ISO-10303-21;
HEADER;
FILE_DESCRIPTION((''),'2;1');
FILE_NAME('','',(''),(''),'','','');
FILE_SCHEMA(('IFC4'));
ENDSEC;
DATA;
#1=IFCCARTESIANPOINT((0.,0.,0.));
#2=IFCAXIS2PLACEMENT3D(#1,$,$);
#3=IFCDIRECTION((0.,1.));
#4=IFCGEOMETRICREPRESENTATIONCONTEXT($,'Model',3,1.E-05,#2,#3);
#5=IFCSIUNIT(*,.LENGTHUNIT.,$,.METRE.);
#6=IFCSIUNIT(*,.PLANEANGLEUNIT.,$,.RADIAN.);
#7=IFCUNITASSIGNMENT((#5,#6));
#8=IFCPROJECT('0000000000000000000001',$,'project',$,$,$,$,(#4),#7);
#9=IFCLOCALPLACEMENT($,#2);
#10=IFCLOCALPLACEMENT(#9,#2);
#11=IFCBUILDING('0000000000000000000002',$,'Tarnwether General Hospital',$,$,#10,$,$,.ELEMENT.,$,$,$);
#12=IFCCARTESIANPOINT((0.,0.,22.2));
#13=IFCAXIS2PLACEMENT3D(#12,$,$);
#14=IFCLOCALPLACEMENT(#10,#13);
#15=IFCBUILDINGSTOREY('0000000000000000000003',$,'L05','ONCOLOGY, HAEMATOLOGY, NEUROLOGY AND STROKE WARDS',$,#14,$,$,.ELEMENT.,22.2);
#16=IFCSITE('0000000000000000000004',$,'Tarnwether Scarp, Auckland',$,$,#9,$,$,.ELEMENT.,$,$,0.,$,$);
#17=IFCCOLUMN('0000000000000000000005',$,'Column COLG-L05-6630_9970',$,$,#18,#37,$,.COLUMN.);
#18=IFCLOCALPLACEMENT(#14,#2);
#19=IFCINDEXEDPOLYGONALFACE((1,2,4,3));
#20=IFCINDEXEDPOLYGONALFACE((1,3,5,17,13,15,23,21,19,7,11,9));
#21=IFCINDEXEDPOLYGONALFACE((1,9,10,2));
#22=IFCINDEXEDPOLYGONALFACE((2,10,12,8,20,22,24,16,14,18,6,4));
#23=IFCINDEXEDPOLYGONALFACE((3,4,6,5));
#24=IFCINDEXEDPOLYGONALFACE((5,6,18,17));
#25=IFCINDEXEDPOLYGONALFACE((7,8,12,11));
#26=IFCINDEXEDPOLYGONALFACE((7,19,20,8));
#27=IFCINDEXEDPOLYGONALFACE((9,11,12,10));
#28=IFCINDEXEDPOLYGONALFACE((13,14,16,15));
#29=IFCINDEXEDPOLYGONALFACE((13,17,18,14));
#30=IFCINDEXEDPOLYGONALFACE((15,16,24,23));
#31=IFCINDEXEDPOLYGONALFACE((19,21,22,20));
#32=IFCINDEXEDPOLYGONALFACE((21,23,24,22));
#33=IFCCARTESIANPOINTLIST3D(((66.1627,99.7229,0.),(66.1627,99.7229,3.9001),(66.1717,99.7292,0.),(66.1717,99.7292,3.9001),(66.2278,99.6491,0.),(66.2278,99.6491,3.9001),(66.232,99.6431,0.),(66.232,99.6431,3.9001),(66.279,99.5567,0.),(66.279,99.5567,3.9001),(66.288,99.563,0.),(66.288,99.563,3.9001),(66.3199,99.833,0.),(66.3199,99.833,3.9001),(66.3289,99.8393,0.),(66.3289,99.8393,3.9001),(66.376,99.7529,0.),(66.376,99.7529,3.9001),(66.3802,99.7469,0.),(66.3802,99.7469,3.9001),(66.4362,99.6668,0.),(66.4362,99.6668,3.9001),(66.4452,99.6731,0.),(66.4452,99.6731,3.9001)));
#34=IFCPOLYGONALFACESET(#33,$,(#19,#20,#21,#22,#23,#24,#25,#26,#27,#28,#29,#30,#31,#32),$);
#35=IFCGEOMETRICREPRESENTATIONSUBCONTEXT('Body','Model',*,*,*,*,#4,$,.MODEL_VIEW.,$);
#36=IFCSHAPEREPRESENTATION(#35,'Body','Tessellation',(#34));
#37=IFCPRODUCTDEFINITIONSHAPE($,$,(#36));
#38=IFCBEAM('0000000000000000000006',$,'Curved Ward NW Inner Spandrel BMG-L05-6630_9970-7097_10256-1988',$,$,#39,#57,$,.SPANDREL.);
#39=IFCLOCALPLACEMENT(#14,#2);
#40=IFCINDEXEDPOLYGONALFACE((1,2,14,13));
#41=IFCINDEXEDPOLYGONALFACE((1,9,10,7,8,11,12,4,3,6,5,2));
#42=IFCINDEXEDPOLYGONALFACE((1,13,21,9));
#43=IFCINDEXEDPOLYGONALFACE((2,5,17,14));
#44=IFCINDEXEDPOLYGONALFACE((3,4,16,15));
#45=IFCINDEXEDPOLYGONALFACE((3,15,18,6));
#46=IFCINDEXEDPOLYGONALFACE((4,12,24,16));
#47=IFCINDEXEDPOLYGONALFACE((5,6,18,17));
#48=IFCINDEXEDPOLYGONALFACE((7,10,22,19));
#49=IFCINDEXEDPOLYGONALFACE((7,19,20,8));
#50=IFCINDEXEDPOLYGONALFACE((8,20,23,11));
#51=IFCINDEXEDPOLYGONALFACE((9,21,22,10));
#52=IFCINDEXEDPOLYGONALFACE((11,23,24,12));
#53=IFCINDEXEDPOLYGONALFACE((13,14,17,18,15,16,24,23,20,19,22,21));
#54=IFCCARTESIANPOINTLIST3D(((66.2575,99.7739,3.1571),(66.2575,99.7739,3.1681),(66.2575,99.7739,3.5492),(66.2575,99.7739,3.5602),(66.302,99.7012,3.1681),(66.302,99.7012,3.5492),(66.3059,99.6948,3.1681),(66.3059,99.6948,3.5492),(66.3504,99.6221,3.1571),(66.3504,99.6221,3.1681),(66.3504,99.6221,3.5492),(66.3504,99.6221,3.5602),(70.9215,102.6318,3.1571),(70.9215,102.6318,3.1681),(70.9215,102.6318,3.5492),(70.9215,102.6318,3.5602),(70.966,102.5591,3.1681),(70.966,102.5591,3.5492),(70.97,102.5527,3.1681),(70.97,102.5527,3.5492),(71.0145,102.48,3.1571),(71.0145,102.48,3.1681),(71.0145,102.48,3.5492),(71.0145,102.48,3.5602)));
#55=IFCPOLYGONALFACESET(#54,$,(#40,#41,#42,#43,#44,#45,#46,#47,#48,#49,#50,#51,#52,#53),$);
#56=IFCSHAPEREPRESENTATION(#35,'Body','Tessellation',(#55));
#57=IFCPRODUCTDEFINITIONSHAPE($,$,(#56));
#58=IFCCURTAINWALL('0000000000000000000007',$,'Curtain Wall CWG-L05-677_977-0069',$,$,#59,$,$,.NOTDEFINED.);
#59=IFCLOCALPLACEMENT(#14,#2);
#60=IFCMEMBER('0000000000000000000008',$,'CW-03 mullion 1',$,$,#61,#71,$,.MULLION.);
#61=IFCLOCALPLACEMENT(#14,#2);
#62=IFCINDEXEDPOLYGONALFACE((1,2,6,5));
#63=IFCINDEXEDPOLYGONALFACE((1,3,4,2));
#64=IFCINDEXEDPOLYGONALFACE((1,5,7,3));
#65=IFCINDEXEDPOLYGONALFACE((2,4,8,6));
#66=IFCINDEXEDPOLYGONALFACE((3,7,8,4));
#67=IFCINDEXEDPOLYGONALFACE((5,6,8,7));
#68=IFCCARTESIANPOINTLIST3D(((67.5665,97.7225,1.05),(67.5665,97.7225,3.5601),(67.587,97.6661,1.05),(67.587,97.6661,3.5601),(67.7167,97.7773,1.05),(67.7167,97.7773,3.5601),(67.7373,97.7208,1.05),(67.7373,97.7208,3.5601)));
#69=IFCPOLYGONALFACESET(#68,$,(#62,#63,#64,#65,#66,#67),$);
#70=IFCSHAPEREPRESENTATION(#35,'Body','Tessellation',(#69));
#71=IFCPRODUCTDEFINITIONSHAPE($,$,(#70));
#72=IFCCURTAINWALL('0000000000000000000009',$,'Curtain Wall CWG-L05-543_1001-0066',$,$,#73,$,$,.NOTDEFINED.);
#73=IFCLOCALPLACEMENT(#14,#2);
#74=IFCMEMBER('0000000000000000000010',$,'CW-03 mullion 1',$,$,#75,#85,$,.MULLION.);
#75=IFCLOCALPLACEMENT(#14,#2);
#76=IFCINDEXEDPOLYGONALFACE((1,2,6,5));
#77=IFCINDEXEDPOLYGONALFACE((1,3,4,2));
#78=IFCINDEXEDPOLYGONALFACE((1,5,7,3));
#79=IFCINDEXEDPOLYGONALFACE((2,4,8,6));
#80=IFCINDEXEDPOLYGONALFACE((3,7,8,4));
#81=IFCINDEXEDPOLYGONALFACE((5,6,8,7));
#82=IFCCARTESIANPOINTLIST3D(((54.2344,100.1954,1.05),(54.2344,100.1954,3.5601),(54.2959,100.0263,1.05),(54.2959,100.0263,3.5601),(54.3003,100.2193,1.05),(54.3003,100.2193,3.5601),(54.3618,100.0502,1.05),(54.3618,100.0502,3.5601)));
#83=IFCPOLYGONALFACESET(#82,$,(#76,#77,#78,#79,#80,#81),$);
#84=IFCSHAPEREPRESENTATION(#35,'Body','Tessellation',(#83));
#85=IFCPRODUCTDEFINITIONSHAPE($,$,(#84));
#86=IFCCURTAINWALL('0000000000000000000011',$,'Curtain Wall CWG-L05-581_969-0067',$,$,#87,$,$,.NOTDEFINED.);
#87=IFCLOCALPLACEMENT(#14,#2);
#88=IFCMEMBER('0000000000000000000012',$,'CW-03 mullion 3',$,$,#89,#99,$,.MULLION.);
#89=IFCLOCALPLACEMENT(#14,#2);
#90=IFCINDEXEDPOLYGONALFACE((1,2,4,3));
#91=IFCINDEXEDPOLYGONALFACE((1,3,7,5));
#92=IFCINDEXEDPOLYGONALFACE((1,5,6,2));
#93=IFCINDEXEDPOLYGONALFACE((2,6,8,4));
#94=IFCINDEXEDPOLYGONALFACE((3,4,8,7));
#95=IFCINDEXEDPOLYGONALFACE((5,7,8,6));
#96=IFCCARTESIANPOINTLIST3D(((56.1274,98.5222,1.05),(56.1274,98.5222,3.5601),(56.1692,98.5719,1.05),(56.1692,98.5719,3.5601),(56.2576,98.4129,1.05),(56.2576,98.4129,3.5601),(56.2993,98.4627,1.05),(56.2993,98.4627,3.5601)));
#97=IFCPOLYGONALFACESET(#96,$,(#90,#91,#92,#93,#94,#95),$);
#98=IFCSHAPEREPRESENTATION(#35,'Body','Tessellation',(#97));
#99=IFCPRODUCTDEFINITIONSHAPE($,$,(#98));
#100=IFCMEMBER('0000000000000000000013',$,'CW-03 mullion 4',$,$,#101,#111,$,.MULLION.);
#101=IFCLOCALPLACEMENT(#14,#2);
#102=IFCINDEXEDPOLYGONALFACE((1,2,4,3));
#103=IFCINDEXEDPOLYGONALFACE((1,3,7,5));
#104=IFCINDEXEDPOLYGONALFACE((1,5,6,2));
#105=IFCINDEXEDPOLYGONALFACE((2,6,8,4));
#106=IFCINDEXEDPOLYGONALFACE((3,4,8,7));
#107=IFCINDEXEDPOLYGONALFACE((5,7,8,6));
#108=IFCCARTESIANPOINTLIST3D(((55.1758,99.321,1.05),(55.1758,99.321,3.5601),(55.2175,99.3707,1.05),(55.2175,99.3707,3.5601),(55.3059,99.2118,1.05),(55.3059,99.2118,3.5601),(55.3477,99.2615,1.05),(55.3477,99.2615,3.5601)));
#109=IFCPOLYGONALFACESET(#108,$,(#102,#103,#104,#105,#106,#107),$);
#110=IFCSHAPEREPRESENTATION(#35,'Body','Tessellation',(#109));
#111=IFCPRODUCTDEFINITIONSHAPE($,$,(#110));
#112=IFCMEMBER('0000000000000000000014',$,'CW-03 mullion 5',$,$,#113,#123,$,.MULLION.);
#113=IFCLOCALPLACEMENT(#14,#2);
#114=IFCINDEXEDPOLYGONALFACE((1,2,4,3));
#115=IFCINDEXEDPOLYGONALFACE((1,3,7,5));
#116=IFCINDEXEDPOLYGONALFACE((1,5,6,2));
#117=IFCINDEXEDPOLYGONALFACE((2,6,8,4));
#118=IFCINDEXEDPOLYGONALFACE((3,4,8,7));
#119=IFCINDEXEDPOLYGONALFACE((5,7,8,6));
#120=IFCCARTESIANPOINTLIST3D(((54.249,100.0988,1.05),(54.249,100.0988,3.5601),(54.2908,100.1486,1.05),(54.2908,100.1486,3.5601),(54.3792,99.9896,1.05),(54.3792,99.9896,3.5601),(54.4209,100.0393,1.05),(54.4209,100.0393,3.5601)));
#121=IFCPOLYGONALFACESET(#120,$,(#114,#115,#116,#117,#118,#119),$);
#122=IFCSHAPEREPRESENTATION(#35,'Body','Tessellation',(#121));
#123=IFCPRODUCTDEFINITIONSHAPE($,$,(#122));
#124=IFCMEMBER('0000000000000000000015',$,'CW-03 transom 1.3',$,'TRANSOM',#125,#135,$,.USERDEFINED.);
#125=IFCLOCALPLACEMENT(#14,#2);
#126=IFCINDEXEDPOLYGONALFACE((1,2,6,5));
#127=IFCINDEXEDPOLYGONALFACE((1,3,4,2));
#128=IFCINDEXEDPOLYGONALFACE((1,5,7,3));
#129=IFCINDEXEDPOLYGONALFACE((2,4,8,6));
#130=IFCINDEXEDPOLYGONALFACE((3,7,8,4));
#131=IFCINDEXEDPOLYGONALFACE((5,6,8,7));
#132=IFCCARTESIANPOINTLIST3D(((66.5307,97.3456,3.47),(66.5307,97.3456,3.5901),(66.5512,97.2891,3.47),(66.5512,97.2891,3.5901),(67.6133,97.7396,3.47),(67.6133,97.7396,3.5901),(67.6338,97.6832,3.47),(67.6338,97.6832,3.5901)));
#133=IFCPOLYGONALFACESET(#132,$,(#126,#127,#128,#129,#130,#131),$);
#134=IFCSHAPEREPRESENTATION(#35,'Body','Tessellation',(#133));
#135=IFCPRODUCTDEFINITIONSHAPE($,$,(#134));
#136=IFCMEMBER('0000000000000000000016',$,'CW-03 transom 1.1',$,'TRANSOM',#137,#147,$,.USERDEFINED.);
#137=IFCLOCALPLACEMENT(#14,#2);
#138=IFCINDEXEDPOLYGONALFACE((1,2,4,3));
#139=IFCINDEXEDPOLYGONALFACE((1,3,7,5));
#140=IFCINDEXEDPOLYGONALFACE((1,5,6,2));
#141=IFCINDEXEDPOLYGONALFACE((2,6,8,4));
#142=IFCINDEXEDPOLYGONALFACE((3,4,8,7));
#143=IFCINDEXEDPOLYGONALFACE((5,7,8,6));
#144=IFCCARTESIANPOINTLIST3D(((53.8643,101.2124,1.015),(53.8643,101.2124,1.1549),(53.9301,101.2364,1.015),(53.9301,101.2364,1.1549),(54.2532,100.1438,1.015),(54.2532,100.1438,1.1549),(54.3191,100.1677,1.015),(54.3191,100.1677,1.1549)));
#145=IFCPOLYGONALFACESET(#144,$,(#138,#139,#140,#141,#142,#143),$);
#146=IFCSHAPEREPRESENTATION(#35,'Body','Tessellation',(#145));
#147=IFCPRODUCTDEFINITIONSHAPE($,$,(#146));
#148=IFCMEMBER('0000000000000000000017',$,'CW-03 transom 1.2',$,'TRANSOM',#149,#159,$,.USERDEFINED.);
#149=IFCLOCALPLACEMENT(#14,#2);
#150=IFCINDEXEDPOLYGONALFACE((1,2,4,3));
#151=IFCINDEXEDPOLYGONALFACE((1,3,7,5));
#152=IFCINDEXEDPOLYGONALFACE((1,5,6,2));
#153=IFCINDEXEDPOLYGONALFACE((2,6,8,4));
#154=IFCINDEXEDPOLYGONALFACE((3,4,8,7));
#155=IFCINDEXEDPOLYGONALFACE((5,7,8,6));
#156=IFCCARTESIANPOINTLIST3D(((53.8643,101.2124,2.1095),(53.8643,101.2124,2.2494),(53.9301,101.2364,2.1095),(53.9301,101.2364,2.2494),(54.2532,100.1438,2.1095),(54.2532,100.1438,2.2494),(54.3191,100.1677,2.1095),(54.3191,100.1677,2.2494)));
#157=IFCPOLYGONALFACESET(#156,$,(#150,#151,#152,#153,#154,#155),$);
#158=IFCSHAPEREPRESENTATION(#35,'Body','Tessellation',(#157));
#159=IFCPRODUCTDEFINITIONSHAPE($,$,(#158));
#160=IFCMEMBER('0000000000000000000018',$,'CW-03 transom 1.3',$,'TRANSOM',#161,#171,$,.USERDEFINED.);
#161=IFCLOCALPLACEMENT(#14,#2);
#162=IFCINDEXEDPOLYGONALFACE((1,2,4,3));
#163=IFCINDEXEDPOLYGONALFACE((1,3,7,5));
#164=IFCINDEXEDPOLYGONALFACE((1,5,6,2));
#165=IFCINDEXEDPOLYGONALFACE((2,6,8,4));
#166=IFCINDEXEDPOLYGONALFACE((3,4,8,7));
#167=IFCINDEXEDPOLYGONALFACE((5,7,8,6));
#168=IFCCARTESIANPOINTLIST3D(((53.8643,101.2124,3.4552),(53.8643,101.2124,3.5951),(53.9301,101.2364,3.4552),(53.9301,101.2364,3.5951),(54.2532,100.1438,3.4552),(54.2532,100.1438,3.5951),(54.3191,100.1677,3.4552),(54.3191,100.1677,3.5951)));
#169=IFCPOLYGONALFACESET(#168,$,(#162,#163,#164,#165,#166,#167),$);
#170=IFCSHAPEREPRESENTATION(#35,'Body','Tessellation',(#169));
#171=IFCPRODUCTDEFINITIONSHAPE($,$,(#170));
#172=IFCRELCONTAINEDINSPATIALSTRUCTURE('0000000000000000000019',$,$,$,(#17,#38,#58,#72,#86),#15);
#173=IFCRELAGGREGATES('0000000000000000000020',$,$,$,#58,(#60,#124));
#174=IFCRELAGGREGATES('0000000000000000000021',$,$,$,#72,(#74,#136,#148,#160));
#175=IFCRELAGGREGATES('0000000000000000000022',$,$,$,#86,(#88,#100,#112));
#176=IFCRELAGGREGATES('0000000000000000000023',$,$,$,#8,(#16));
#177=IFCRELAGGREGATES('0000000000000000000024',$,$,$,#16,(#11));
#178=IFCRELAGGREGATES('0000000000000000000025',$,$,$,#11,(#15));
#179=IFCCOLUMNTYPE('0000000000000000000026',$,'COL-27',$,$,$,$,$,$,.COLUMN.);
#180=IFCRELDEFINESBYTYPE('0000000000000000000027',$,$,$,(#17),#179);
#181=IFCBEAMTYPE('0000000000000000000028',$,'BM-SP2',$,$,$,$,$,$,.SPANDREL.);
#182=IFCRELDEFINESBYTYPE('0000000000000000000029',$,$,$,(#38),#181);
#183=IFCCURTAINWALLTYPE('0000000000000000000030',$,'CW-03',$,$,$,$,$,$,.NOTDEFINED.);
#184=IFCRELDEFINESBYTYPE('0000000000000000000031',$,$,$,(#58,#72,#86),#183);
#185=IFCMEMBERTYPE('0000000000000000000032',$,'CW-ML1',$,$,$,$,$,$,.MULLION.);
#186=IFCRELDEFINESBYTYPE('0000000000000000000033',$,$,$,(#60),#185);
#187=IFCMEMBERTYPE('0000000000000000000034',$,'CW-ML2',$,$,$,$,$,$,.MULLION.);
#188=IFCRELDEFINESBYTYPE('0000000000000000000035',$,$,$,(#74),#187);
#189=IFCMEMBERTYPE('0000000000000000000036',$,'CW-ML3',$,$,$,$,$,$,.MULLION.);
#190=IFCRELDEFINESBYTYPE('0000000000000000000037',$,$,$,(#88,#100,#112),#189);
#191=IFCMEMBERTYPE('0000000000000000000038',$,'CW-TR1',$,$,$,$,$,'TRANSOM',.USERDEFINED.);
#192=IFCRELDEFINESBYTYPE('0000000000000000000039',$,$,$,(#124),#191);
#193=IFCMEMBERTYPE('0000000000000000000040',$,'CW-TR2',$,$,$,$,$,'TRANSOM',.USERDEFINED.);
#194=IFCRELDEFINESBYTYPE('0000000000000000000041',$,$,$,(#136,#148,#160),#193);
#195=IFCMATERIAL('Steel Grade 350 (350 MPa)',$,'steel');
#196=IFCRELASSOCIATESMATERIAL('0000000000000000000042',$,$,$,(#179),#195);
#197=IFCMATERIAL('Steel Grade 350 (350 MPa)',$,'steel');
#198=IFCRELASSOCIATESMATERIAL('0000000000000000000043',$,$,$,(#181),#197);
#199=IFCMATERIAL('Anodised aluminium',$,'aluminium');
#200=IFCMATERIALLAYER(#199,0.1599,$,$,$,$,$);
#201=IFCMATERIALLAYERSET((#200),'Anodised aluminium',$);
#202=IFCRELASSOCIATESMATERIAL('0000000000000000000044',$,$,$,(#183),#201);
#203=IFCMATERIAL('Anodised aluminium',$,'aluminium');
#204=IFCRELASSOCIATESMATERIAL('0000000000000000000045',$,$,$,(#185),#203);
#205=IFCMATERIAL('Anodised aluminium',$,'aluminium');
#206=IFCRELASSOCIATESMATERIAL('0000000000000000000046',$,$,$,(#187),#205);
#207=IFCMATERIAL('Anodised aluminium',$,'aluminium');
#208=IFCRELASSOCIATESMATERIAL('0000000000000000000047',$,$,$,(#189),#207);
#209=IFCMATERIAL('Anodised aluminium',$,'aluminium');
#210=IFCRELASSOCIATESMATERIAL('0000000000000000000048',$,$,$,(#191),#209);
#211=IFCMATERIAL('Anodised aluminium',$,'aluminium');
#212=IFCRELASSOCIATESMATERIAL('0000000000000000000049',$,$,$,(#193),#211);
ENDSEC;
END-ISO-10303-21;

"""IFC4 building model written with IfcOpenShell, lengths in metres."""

from ifc_helpers import new_model, si_unit, direction, frame, origin, origin_2d, place, context, subcontext, project, spatial, rectangle, i_section, extrude, material, layer, layer_set, material_profile, profile_set, type_object, element, aggregate, save


model = new_model("IFC4")

# Units and contexts
model_context = context("Model", 3, precision=1e-05, world=origin(), true_north=direction((0.0, 1.0)))
body_context = subcontext(model_context, "Body", "Model", "MODEL_VIEW")
ifc_project = project(units=[si_unit("LENGTHUNIT", "METRE"), si_unit("PLANEANGLEUNIT", "RADIAN")], contexts=[model_context])

# Site, building, storey
site_placement = place(None, origin())
site = spatial("IfcSite", under=ifc_project, at=site_placement, Name="Tarnwether Scarp, Auckland", CompositionType="ELEMENT", RefElevation=0.0)
building_placement = place(site_placement, origin())
building = spatial("IfcBuilding", under=site, at=building_placement, Name="Tarnwether General Hospital", CompositionType="ELEMENT")
storey_placement = place(building_placement, frame((0.0, 0.0, 22.2)))
storey = spatial("IfcBuildingStorey", under=building, at=storey_placement, Name="L05", Description="ONCOLOGY, HAEMATOLOGY, NEUROLOGY AND STROKE WARDS", CompositionType="ELEMENT", Elevation=22.2)

# Column
ifc_material_1 = material(Name="Steel Grade 350 (350 MPa)", Category="steel")
ifc_material_profile_1 = material_profile(ifc_material_1, i_section(OverallWidth=0.2029, OverallDepth=0.2029, WebThickness=0.0073, FlangeThickness=0.011, at=origin_2d()), Name="200UC46.2")
ifc_profile_set_1 = profile_set([ifc_material_profile_1], Name="Steel Grade 350 (350 MPa)")
column_type = type_object("IfcColumnType", Name="COL-27", PredefinedType="COLUMN", material=ifc_profile_set_1)
column_placement = place(storey_placement, frame((66.304, 99.698, 0.0), z_axis=(0.0, 0.0, 1.0), x_axis=(-0.573576, 0.819152, 0.0)))
element("IfcColumn", 1, at=column_placement, inside=storey, type_object=column_type, Name="Column COLG-L05-6630_9970", PredefinedType="COLUMN", context=body_context, shape_type="SweptSolid", body=[
    extrude(i_section(OverallWidth=0.2029, OverallDepth=0.2029, WebThickness=0.0073, FlangeThickness=0.011, at=origin_2d()), origin(), (0.0, 0.0, 1.0), 3.9001),
])

# Beam
ifc_material_2 = material(Name="Steel Grade 350 (350 MPa)", Category="steel")
ifc_material_profile_2 = material_profile(ifc_material_2, i_section(OverallWidth=0.178, OverallDepth=0.4031, WebThickness=0.0076, FlangeThickness=0.011, at=origin_2d()), Name="410UB53.7")
ifc_profile_set_2 = profile_set([ifc_material_profile_2], Name="Steel Grade 350 (350 MPa)")
beam_type = type_object("IfcBeamType", Name="BM-SP2", PredefinedType="SPANDREL", material=ifc_profile_set_2)
beam_placement = place(storey_placement, frame((66.304, 99.698, 3.3586), z_axis=(0.852659, 0.522468, 0.0), x_axis=(-0.522468, 0.852659, 0.0)))
element("IfcBeam", 2, at=beam_placement, inside=storey, type_object=beam_type, Name="Curved Ward NW Inner Spandrel BMG-L05-6630_9970-7097_10256-1988", PredefinedType="SPANDREL", context=body_context, shape_type="SweptSolid", body=[
    extrude(i_section(OverallWidth=0.178, OverallDepth=0.4031, WebThickness=0.0076, FlangeThickness=0.011, at=origin_2d()), origin(), (0.0, 0.0, 1.0), 5.47),
])

# Curtain walls, members
ifc_material_3 = material(Name="Anodised aluminium", Category="aluminium")
ifc_layer_1 = layer(ifc_material_3, 0.1599)
ifc_layer_set_1 = layer_set([ifc_layer_1], Name="Anodised aluminium")
curtain_wall_type = type_object("IfcCurtainWallType", Name="CW-03", PredefinedType="NOTDEFINED", material=ifc_layer_set_1)
curtain_wall_1_placement = place(storey_placement, origin())
curtain_wall_1 = element("IfcCurtainWall", 3, at=curtain_wall_1_placement, inside=storey, type_object=curtain_wall_type, Name="Curtain Wall CWG-L05-677_977-0069", PredefinedType="NOTDEFINED")
ifc_material_4 = material(Name="Anodised aluminium", Category="aluminium")
ifc_material_profile_3 = material_profile(ifc_material_4, rectangle(XDim=0.0601, YDim=0.1599, at=origin_2d()), Name="ALU-MUL-60x160")
ifc_profile_set_3 = profile_set([ifc_material_profile_3], Name="Anodised aluminium")
member_type_1 = type_object("IfcMemberType", Name="CW-ML1", PredefinedType="MULLION", material=ifc_profile_set_3)
member_1_placement = place(storey_placement, frame((67.6519, 97.7217, 1.05), z_axis=(0.0, 0.0, 1.0), x_axis=(0.342131, -0.939652, 0.0)))
member_1 = element("IfcMember", 4, at=member_1_placement, type_object=member_type_1, Name="CW-03 mullion 1", PredefinedType="MULLION", context=body_context, shape_type="SweptSolid", body=[
    extrude(rectangle(XDim=0.0601, YDim=0.1599, at=origin_2d()), origin(), (0.0, 0.0, 1.0), 2.51),
])
curtain_wall_2_placement = place(storey_placement, origin())
curtain_wall_2 = element("IfcCurtainWall", 5, at=curtain_wall_2_placement, inside=storey, type_object=curtain_wall_type, Name="Curtain Wall CWG-L05-543_1001-0066", PredefinedType="NOTDEFINED")
ifc_material_5 = material(Name="Anodised aluminium", Category="aluminium")
ifc_material_profile_4 = material_profile(ifc_material_5, rectangle(XDim=0.0701, YDim=0.1799, at=origin_2d()), Name="ALU-MUL-70x180")
ifc_profile_set_4 = profile_set([ifc_material_profile_4], Name="Anodised aluminium")
member_type_2 = type_object("IfcMemberType", Name="CW-ML2", PredefinedType="MULLION", material=ifc_profile_set_4)
member_2_placement = place(storey_placement, frame((54.2981, 100.1228, 1.05), z_axis=(0.0, 0.0, 1.0), x_axis=(-0.939717, -0.341953, 0.0)))
member_2 = element("IfcMember", 6, at=member_2_placement, type_object=member_type_2, Name="CW-03 mullion 1", PredefinedType="MULLION", context=body_context, shape_type="SweptSolid", body=[
    extrude(rectangle(XDim=0.0701, YDim=0.1799, at=origin_2d()), origin(), (0.0, 0.0, 1.0), 2.51),
])

# Curtain wall, members
curtain_wall_3_placement = place(storey_placement, origin())
curtain_wall_3 = element("IfcCurtainWall", 7, at=curtain_wall_3_placement, inside=storey, type_object=curtain_wall_type, Name="Curtain Wall CWG-L05-581_969-0067", PredefinedType="NOTDEFINED")
ifc_material_6 = material(Name="Anodised aluminium", Category="aluminium")
ifc_material_profile_5 = material_profile(ifc_material_6, rectangle(XDim=0.0649, YDim=0.1699, at=origin_2d()), Name="ALU-MUL-65x170")
ifc_profile_set_5 = profile_set([ifc_material_profile_5], Name="Anodised aluminium")
member_type_3 = type_object("IfcMemberType", Name="CW-ML3", PredefinedType="MULLION", material=ifc_profile_set_5)
member_3_placement = place(storey_placement, frame((56.2134, 98.4924, 1.05), z_axis=(0.0, 0.0, 1.0), x_axis=(-0.642852, -0.76599, 0.0)))
member_3 = element("IfcMember", 8, at=member_3_placement, type_object=member_type_3, Name="CW-03 mullion 3", PredefinedType="MULLION", context=body_context, shape_type="SweptSolid", body=[
    extrude(rectangle(XDim=0.0649, YDim=0.1699, at=origin_2d()), origin(), (0.0, 0.0, 1.0), 2.51),
])
member_4_placement = place(storey_placement, frame((55.2617, 99.2913, 1.05), z_axis=(0.0, 0.0, 1.0), x_axis=(-0.642852, -0.76599, 0.0)))
member_4 = element("IfcMember", 9, at=member_4_placement, type_object=member_type_3, Name="CW-03 mullion 4", PredefinedType="MULLION", context=body_context, shape_type="SweptSolid", body=[
    extrude(rectangle(XDim=0.0649, YDim=0.1699, at=origin_2d()), origin(), (0.0, 0.0, 1.0), 2.51),
])
member_5_placement = place(storey_placement, frame((54.335, 100.0691, 1.05), z_axis=(0.0, 0.0, 1.0), x_axis=(-0.642852, -0.76599, 0.0)))
member_5 = element("IfcMember", 10, at=member_5_placement, type_object=member_type_3, Name="CW-03 mullion 5", PredefinedType="MULLION", context=body_context, shape_type="SweptSolid", body=[
    extrude(rectangle(XDim=0.0649, YDim=0.1699, at=origin_2d()), origin(), (0.0, 0.0, 1.0), 2.51),
])

# Members
ifc_material_7 = material(Name="Anodised aluminium", Category="aluminium")
ifc_material_profile_6 = material_profile(ifc_material_7, rectangle(XDim=0.0601, YDim=0.1201, at=origin_2d()), Name="ALU-TRN-60x120")
ifc_profile_set_6 = profile_set([ifc_material_profile_6], Name="Anodised aluminium")
member_type_4 = type_object("IfcMemberType", Name="CW-TR1", ElementType="TRANSOM", PredefinedType="USERDEFINED", material=ifc_profile_set_6)
member_6_placement = place(storey_placement, frame((67.6235, 97.7114, 3.53), z_axis=(-0.939682, -0.342049, 0.0), x_axis=(0.342049, -0.939682, 0.0)))
member_6 = element("IfcMember", 11, at=member_6_placement, type_object=member_type_4, Name="CW-03 transom 1.3", ObjectType="TRANSOM", PredefinedType="USERDEFINED", context=body_context, shape_type="SweptSolid", body=[
    extrude(rectangle(XDim=0.0601, YDim=0.1201, at=origin_2d()), origin(), (0.0, 0.0, 1.0), 1.1521),
])
aggregate(curtain_wall_1, [member_1, member_6])
ifc_material_8 = material(Name="Anodised aluminium", Category="aluminium")
ifc_material_profile_7 = material_profile(ifc_material_8, rectangle(XDim=0.0701, YDim=0.1399, at=origin_2d()), Name="ALU-TRN-70x140")
ifc_profile_set_7 = profile_set([ifc_material_profile_7], Name="Anodised aluminium")
member_type_5 = type_object("IfcMemberType", Name="CW-TR2", ElementType="TRANSOM", PredefinedType="USERDEFINED", material=ifc_profile_set_7)
member_7_placement = place(storey_placement, frame((54.2861, 100.1558, 1.085), z_axis=(-0.342002, 0.939699, 0.0), x_axis=(-0.939699, -0.342002, 0.0)))
member_7 = element("IfcMember", 12, at=member_7_placement, type_object=member_type_5, Name="CW-03 transom 1.1", ObjectType="TRANSOM", PredefinedType="USERDEFINED", context=body_context, shape_type="SweptSolid", body=[
    extrude(rectangle(XDim=0.0701, YDim=0.1399, at=origin_2d()), origin(), (0.0, 0.0, 1.0), 1.1372),
])
member_8_placement = place(storey_placement, frame((54.2861, 100.1558, 2.1794), z_axis=(-0.342002, 0.939699, 0.0), x_axis=(-0.939699, -0.342002, 0.0)))
member_8 = element("IfcMember", 13, at=member_8_placement, type_object=member_type_5, Name="CW-03 transom 1.2", ObjectType="TRANSOM", PredefinedType="USERDEFINED", context=body_context, shape_type="SweptSolid", body=[
    extrude(rectangle(XDim=0.0701, YDim=0.1399, at=origin_2d()), origin(), (0.0, 0.0, 1.0), 1.1372),
])
member_9_placement = place(storey_placement, frame((54.2861, 100.1558, 3.5251), z_axis=(-0.342002, 0.939699, 0.0), x_axis=(-0.939699, -0.342002, 0.0)))
member_9 = element("IfcMember", 14, at=member_9_placement, type_object=member_type_5, Name="CW-03 transom 1.3", ObjectType="TRANSOM", PredefinedType="USERDEFINED", context=body_context, shape_type="SweptSolid", body=[
    extrude(rectangle(XDim=0.0701, YDim=0.1399, at=origin_2d()), origin(), (0.0, 0.0, 1.0), 1.1372),
])

aggregate(curtain_wall_2, [member_2, member_7, member_8, member_9])
aggregate(curtain_wall_3, [member_3, member_4, member_5])

save(model, "model.ifc")
